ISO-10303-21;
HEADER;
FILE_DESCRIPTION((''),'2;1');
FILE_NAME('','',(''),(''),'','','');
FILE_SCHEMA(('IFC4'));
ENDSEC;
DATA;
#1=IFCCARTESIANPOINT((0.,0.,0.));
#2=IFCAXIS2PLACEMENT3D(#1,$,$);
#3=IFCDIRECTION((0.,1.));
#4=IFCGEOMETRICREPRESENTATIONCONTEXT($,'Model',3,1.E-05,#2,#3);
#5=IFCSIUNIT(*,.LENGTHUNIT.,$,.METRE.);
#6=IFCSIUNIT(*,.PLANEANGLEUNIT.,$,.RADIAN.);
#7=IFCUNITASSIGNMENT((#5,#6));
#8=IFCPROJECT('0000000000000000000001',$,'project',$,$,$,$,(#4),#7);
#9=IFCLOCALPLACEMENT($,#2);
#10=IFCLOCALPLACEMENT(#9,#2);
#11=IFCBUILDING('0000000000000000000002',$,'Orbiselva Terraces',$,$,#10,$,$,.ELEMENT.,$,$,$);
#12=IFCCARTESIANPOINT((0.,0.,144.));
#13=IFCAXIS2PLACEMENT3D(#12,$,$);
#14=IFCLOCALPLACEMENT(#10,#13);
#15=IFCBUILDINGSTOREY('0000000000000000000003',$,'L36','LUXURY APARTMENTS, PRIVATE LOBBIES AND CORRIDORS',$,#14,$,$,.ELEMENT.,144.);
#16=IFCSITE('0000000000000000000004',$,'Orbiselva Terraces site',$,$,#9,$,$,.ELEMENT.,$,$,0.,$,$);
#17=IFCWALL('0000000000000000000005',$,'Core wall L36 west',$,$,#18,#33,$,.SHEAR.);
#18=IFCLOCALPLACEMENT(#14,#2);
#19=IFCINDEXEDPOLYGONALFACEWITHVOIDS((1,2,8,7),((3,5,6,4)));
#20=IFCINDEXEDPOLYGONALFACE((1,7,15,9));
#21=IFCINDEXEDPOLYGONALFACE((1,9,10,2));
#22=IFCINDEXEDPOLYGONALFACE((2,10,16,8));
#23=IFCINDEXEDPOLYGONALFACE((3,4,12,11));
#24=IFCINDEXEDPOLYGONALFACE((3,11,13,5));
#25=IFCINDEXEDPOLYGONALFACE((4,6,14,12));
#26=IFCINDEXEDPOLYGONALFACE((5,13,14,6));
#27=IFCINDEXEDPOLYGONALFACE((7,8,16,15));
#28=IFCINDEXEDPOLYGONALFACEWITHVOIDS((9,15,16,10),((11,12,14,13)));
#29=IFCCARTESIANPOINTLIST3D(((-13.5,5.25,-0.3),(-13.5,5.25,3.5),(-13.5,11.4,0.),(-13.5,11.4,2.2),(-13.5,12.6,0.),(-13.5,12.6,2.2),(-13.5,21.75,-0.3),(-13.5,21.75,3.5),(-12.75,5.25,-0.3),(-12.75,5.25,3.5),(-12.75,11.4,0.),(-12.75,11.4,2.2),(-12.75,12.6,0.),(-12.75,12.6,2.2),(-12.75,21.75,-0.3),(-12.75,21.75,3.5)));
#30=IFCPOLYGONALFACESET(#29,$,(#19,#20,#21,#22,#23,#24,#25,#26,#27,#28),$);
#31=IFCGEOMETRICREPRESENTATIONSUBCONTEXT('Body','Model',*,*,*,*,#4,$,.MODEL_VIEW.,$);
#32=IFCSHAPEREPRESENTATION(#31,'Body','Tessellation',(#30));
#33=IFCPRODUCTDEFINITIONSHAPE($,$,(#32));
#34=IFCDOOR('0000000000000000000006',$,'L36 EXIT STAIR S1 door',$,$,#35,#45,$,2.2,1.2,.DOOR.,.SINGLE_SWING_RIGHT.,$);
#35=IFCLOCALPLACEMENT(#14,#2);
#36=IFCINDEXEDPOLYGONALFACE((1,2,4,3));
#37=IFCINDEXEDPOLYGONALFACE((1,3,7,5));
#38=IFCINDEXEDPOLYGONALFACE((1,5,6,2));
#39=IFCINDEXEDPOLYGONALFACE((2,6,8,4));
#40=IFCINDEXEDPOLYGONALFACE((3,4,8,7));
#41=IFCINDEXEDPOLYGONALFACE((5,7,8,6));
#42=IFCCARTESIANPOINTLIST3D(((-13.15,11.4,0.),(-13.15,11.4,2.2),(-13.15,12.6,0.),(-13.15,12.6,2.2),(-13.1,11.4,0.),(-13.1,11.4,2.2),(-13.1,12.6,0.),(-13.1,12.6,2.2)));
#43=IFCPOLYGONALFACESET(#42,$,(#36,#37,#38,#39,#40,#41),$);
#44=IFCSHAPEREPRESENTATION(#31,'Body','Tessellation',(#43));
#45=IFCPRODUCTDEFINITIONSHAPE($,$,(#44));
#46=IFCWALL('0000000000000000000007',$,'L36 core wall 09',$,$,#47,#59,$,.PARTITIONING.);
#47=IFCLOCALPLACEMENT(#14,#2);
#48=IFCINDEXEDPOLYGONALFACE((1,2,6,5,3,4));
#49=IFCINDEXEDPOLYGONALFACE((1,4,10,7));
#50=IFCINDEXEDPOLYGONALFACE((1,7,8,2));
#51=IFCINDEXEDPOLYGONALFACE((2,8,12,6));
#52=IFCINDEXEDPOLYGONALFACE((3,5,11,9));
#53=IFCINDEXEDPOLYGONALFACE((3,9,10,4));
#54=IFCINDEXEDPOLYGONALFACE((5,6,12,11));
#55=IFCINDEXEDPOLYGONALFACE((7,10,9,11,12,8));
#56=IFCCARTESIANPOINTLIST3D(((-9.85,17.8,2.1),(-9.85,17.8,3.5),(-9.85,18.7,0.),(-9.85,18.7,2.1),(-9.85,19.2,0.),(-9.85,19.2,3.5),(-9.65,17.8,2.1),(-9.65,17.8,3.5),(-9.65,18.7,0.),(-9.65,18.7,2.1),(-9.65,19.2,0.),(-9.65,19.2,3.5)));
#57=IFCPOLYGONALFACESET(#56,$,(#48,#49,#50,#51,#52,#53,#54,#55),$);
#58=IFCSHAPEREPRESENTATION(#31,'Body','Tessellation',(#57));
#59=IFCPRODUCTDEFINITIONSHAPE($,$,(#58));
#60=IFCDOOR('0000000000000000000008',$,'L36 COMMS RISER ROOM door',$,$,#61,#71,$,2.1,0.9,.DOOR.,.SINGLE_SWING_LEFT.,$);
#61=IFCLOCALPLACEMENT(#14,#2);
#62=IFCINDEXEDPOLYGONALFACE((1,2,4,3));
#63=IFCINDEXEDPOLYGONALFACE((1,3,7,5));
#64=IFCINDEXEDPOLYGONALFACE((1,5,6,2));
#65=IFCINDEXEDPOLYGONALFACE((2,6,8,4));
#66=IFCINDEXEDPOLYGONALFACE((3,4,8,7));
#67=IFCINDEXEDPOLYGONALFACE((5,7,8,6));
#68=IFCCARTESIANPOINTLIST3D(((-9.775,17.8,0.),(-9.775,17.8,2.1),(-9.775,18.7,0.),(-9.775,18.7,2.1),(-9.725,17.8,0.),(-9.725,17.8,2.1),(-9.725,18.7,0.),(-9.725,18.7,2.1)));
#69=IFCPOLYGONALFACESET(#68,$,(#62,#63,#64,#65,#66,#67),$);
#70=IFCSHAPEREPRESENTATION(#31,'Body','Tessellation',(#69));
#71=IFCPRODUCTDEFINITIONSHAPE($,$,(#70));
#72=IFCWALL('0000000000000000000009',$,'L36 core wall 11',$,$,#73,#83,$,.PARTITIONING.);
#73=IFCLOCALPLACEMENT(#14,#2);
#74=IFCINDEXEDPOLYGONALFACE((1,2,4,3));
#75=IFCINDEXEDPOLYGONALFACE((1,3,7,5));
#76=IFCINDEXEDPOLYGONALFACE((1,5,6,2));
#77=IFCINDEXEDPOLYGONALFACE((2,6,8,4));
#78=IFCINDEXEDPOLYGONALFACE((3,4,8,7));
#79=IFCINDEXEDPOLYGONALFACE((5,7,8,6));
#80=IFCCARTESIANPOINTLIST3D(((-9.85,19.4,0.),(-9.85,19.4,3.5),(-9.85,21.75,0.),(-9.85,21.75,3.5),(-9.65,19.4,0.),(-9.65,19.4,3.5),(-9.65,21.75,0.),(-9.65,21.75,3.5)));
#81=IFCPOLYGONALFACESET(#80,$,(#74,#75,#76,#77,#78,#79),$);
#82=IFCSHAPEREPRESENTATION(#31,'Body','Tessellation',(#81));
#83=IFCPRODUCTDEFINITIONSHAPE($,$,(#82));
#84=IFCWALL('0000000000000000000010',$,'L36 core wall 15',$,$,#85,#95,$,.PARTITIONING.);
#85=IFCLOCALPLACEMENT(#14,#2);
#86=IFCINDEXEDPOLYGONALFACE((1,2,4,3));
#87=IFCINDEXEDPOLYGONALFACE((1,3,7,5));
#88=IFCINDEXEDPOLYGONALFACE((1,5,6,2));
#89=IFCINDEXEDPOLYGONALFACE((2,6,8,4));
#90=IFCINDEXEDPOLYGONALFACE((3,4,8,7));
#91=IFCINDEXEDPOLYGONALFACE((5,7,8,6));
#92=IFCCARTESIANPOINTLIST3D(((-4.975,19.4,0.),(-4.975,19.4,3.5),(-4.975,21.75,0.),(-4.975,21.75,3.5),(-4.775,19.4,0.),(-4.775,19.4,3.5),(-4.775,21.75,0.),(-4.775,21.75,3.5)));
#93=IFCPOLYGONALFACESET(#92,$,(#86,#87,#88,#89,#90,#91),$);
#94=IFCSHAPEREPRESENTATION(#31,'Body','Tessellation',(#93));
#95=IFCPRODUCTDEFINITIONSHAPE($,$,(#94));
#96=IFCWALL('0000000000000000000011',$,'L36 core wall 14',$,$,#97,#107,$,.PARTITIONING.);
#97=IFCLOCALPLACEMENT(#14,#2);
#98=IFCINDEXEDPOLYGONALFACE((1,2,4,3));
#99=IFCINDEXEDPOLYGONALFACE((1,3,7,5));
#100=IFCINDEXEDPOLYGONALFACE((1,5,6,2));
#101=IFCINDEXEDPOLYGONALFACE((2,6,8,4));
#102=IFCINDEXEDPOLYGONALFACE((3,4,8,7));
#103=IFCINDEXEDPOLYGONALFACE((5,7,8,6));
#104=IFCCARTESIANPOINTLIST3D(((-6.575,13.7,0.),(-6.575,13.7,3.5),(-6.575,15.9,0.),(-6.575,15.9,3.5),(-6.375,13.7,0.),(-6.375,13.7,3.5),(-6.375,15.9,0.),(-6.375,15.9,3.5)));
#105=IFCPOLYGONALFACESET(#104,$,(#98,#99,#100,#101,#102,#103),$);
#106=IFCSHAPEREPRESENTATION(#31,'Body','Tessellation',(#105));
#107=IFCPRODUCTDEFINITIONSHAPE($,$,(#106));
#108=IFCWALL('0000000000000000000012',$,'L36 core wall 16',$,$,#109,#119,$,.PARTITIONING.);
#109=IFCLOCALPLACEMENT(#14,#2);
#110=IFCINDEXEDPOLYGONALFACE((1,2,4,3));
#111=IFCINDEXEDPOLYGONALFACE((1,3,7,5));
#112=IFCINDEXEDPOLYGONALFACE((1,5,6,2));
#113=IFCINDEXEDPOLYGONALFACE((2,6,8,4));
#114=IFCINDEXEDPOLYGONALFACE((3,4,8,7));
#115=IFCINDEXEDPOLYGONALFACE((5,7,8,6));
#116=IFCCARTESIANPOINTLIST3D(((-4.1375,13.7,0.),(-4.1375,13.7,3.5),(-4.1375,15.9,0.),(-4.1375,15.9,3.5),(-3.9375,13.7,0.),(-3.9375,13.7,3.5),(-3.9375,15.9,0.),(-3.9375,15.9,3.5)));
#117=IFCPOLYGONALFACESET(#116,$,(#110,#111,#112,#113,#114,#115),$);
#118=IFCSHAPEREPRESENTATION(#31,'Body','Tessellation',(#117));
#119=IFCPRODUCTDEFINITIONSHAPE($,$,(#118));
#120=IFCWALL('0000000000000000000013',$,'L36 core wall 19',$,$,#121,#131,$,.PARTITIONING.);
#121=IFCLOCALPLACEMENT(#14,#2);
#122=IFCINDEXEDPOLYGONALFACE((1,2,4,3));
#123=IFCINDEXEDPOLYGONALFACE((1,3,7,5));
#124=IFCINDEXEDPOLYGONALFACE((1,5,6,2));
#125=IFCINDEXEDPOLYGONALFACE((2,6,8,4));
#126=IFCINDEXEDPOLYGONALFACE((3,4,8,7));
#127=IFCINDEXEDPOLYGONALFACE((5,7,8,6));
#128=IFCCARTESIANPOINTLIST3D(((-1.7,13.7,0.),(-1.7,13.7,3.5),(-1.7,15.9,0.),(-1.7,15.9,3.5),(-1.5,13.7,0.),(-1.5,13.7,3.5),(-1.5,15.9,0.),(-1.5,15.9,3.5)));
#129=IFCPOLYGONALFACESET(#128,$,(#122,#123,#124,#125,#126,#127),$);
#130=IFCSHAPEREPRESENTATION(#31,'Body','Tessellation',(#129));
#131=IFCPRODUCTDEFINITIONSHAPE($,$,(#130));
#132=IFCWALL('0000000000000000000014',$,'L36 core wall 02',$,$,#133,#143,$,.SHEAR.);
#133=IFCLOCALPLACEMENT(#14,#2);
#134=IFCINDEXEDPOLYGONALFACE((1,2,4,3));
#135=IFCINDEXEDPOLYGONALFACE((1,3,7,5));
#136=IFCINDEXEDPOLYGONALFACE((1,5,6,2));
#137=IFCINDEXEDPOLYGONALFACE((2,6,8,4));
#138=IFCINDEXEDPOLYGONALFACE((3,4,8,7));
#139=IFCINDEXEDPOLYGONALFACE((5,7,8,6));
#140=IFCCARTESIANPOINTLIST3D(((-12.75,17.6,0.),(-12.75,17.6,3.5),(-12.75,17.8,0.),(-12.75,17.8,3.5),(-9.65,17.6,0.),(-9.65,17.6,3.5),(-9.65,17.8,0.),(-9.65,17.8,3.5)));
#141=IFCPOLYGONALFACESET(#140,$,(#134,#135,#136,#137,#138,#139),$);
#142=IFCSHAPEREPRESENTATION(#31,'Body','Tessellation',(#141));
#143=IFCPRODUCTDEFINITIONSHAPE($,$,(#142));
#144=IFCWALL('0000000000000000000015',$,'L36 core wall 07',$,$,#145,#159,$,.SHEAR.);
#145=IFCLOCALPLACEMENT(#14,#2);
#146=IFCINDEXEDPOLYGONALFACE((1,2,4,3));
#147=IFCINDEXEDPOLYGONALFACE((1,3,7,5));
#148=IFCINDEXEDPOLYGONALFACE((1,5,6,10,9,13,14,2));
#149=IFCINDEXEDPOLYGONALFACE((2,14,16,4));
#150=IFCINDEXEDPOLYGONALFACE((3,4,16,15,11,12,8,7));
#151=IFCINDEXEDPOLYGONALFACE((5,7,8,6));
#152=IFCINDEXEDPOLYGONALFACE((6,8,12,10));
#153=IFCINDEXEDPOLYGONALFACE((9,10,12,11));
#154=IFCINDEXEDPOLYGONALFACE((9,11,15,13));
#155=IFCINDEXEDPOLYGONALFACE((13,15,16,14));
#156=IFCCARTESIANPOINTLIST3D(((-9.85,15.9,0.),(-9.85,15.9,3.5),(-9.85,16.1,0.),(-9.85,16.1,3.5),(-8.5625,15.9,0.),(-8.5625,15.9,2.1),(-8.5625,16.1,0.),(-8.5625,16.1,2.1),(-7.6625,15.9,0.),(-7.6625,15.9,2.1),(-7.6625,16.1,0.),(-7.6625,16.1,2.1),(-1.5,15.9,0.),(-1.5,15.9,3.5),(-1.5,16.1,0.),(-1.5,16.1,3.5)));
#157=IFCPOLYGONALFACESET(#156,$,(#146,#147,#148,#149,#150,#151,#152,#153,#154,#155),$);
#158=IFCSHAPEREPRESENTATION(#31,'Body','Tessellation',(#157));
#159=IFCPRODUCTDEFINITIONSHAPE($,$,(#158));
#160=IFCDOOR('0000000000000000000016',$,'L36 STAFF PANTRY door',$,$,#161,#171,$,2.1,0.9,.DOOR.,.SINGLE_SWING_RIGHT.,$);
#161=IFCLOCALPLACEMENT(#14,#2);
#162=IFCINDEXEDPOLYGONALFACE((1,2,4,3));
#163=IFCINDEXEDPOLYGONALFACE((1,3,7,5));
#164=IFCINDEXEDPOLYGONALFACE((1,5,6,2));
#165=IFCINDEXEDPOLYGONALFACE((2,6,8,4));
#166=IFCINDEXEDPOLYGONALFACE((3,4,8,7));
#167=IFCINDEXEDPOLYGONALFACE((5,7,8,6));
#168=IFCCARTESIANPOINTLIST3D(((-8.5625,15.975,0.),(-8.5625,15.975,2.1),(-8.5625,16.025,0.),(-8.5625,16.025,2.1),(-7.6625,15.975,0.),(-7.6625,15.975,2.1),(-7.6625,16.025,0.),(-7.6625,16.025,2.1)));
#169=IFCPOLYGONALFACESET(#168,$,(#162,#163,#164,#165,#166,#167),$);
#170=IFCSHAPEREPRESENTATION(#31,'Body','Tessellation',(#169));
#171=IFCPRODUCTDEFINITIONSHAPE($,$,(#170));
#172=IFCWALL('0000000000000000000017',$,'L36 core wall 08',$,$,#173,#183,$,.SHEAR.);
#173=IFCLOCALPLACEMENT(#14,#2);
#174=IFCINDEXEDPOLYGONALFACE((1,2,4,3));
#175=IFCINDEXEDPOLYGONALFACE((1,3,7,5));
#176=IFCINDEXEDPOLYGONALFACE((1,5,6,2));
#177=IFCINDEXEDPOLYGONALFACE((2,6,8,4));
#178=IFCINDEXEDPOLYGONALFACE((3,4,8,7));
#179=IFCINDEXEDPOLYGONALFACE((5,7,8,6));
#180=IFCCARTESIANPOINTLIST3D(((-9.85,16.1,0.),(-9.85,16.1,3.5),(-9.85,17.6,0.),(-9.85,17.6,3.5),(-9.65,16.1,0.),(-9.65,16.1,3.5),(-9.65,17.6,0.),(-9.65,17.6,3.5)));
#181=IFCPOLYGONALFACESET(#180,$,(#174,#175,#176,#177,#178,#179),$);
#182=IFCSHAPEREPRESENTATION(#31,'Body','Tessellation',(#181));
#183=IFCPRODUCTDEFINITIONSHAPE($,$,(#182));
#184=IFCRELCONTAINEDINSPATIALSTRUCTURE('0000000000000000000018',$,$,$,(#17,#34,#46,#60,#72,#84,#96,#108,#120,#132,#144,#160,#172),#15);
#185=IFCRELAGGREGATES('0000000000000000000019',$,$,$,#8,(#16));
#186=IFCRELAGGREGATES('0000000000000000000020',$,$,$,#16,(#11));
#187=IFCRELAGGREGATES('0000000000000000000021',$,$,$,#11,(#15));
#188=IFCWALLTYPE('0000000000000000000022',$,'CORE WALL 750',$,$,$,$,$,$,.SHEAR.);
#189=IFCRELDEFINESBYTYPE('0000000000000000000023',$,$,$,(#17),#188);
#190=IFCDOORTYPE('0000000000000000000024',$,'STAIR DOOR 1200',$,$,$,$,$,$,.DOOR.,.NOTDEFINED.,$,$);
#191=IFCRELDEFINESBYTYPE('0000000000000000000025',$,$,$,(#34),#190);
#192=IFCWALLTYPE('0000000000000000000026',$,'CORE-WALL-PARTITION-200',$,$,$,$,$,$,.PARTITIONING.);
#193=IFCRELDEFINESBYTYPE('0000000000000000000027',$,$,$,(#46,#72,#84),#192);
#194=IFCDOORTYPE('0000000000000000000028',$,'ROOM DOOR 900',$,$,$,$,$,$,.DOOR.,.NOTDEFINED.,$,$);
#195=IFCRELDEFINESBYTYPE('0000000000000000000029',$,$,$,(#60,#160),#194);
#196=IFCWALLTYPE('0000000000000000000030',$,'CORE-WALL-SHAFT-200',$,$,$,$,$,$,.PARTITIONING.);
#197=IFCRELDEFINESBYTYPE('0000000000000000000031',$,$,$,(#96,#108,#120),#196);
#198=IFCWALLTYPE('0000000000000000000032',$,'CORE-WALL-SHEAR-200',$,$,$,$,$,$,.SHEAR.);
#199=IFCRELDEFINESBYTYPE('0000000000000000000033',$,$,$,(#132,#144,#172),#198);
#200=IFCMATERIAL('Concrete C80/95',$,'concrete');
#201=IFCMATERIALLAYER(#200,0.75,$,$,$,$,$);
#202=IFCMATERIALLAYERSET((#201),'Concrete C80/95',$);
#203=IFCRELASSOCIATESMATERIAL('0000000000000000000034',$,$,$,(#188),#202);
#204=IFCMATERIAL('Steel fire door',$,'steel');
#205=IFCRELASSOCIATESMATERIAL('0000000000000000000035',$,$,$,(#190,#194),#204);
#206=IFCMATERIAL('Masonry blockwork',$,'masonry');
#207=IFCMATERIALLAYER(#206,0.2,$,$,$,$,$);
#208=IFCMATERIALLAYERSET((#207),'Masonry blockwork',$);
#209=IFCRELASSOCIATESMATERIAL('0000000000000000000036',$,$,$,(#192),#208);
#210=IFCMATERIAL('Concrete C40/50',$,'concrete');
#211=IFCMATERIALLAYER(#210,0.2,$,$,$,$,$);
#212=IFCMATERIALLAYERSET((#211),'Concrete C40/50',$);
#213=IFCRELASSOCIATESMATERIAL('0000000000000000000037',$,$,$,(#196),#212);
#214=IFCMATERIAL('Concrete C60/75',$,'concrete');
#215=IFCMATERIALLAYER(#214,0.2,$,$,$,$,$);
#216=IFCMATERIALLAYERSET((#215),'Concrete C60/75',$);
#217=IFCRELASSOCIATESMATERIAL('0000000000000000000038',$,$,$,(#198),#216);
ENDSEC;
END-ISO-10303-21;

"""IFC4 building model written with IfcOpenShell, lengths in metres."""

from ifc_helpers import new_model, si_unit, direction, frame, frame_2d, origin, place, context, subcontext, project, spatial, rectangle, extrude, material, layer, layer_set, type_object, element, fill, save


model = new_model("IFC4")

# Units and contexts
model_context = context("Model", 3, precision=1e-05, world=origin(), true_north=direction((0.0, 1.0)))
body_context = subcontext(model_context, "Body", "Model", "MODEL_VIEW")
ifc_project = project(units=[si_unit("LENGTHUNIT", "METRE"), si_unit("PLANEANGLEUNIT", "RADIAN")], contexts=[model_context])

# Site, building, storey
site_placement = place(None, origin())
site = spatial("IfcSite", under=ifc_project, at=site_placement, Name="Orbiselva Terraces site", CompositionType="ELEMENT", RefElevation=0.0)
building_placement = place(site_placement, origin())
building = spatial("IfcBuilding", under=site, at=building_placement, Name="Orbiselva Terraces", CompositionType="ELEMENT")
storey_placement = place(building_placement, frame((0.0, 0.0, 144.0)))
storey = spatial("IfcBuildingStorey", under=building, at=storey_placement, Name="L36", Description="LUXURY APARTMENTS, PRIVATE LOBBIES AND CORRIDORS", CompositionType="ELEMENT", Elevation=144.0)

# Walls, openings, doors
ifc_material_1 = material(Name="Concrete C80/95", Category="concrete")
ifc_layer_1 = layer(ifc_material_1, 0.75)
ifc_layer_set_1 = layer_set([ifc_layer_1], Name="Concrete C80/95")
wall_type_1 = type_object("IfcWallType", Name="CORE WALL 750", PredefinedType="SHEAR", material=ifc_layer_set_1)
wall_1_placement = place(storey_placement, frame((-13.125, 21.75, -0.3), z_axis=(0.0, 0.0, 1.0), x_axis=(0.0, -1.0, 0.0)))
wall_1 = element("IfcWall", 1, at=wall_1_placement, inside=storey, type_object=wall_type_1, Name="Core wall L36 west", PredefinedType="SHEAR", context=body_context, shape_type="SweptSolid", body=[
    extrude(rectangle(XDim=16.5, YDim=0.75, at=frame_2d((8.25, 0.0))), origin(), (0.0, 0.0, 1.0), 3.8),
])
opening_1_placement = place(wall_1_placement, frame((9.15, 0.0, 0.3)))
opening_1 = element("IfcOpeningElement", 2, at=opening_1_placement, cuts=wall_1, PredefinedType="OPENING", context=body_context, shape_type="SweptSolid", body=[
    extrude(rectangle(XDim=1.2, YDim=2.2, at=frame_2d((0.6, 1.1))), frame((0.0, 0.385, 0.0), z_axis=(0.0, -1.0, 0.0), x_axis=(1.0, 0.0, 0.0)), (0.0, 0.0, 1.0), 0.77),
])
ifc_material_2 = material(Name="Steel fire door", Category="steel")
door_type_1 = type_object("IfcDoorType", Name="STAIR DOOR 1200", OperationType="NOTDEFINED", PredefinedType="DOOR", material=ifc_material_2)
door_1_placement = place(opening_1_placement, frame((1.2, 0.0, 0.0), z_axis=(0.0, 0.0, 1.0), x_axis=(-1.0, 0.0, 0.0)))
door_1 = element("IfcDoor", 3, at=door_1_placement, inside=storey, type_object=door_type_1, Name="L36 EXIT STAIR S1 door", OperationType="SINGLE_SWING_RIGHT", OverallHeight=2.2, OverallWidth=1.2, PredefinedType="DOOR", context=body_context, shape_type="SweptSolid", body=[
    extrude(rectangle(XDim=1.2, YDim=2.2, at=frame_2d((0.6, 1.1))), frame((0.0, 0.025, 0.0), z_axis=(0.0, -1.0, 0.0), x_axis=(1.0, 0.0, 0.0)), (0.0, 0.0, 1.0), 0.05),
])
fill(opening_1, door_1)
ifc_material_3 = material(Name="Masonry blockwork", Category="masonry")
ifc_layer_2 = layer(ifc_material_3, 0.2)
ifc_layer_set_2 = layer_set([ifc_layer_2], Name="Masonry blockwork")
wall_type_2 = type_object("IfcWallType", Name="CORE-WALL-PARTITION-200", PredefinedType="PARTITIONING", material=ifc_layer_set_2)
wall_2_placement = place(storey_placement, frame((-9.75, 17.8, 0.0), z_axis=(0.0, 0.0, 1.0), x_axis=(0.0, 1.0, 0.0)))
wall_2 = element("IfcWall", 4, at=wall_2_placement, inside=storey, type_object=wall_type_2, Name="L36 core wall 09", PredefinedType="PARTITIONING", context=body_context, shape_type="SweptSolid", body=[
    extrude(rectangle(XDim=1.4, YDim=0.2, at=frame_2d((0.7, 0.0))), origin(), (0.0, 0.0, 1.0), 3.5),
])
opening_2_placement = place(wall_2_placement, origin())
opening_2 = element("IfcOpeningElement", 5, at=opening_2_placement, cuts=wall_2, PredefinedType="OPENING", context=body_context, shape_type="SweptSolid", body=[
    extrude(rectangle(XDim=0.9, YDim=2.1, at=frame_2d((0.45, 1.05))), frame((0.0, 0.11, 0.0), z_axis=(0.0, -1.0, 0.0), x_axis=(1.0, 0.0, 0.0)), (0.0, 0.0, 1.0), 0.22),
])
door_type_2 = type_object("IfcDoorType", Name="ROOM DOOR 900", OperationType="NOTDEFINED", PredefinedType="DOOR", material=ifc_material_2)
door_2_placement = place(opening_2_placement, origin())
door_2 = element("IfcDoor", 6, at=door_2_placement, inside=storey, type_object=door_type_2, Name="L36 COMMS RISER ROOM door", OperationType="SINGLE_SWING_LEFT", OverallHeight=2.1, OverallWidth=0.9, PredefinedType="DOOR", context=body_context, shape_type="SweptSolid", body=[
    extrude(rectangle(XDim=0.9, YDim=2.1, at=frame_2d((0.45, 1.05))), frame((0.0, 0.025, 0.0), z_axis=(0.0, -1.0, 0.0), x_axis=(1.0, 0.0, 0.0)), (0.0, 0.0, 1.0), 0.05),
])
fill(opening_2, door_2)

# Walls
for number, where, z_axis, x_axis, name in (
    (7, (-9.75, 19.4, 0.0), (0.0, 0.0, 1.0), (0.0, 1.0, 0.0), "L36 core wall 11"),
    (8, (-4.875, 19.4, 0.0), (0.0, 0.0, 1.0), (0.0, 1.0, 0.0), "L36 core wall 15"),
):
    element("IfcWall", number, at=place(storey_placement, frame(where, z_axis=z_axis, x_axis=x_axis)), inside=storey, type_object=wall_type_2, Name=name, PredefinedType="PARTITIONING", context=body_context, shape_type="SweptSolid", body=[
        extrude(rectangle(XDim=2.35, YDim=0.2, at=frame_2d((1.175, 0.0))), origin(), (0.0, 0.0, 1.0), 3.5),
    ])
ifc_material_4 = material(Name="Concrete C40/50", Category="concrete")
ifc_layer_3 = layer(ifc_material_4, 0.2)
ifc_layer_set_3 = layer_set([ifc_layer_3], Name="Concrete C40/50")
wall_type_3 = type_object("IfcWallType", Name="CORE-WALL-SHAFT-200", PredefinedType="PARTITIONING", material=ifc_layer_set_3)
for number, where, z_axis, x_axis, name in (
    (9, (-6.475, 13.7, 0.0), (0.0, 0.0, 1.0), (0.0, 1.0, 0.0), "L36 core wall 14"),
    (10, (-4.0375, 13.7, 0.0), (0.0, 0.0, 1.0), (0.0, 1.0, 0.0), "L36 core wall 16"),
    (11, (-1.6, 13.7, 0.0), (0.0, 0.0, 1.0), (0.0, 1.0, 0.0), "L36 core wall 19"),
):
    element("IfcWall", number, at=place(storey_placement, frame(where, z_axis=z_axis, x_axis=x_axis)), inside=storey, type_object=wall_type_3, Name=name, PredefinedType="PARTITIONING", context=body_context, shape_type="SweptSolid", body=[
        extrude(rectangle(XDim=2.2, YDim=0.2, at=frame_2d((1.1, 0.0))), origin(), (0.0, 0.0, 1.0), 3.5),
    ])
ifc_material_5 = material(Name="Concrete C60/75", Category="concrete")
ifc_layer_4 = layer(ifc_material_5, 0.2)
ifc_layer_set_4 = layer_set([ifc_layer_4], Name="Concrete C60/75")
wall_type_4 = type_object("IfcWallType", Name="CORE-WALL-SHEAR-200", PredefinedType="SHEAR", material=ifc_layer_set_4)
wall_3_placement = place(storey_placement, frame((-12.75, 17.7, 0.0), z_axis=(0.0, 0.0, 1.0), x_axis=(1.0, 0.0, 0.0)))
element("IfcWall", 12, at=wall_3_placement, inside=storey, type_object=wall_type_4, Name="L36 core wall 02", PredefinedType="SHEAR", context=body_context, shape_type="SweptSolid", body=[
    extrude(rectangle(XDim=3.1, YDim=0.2, at=frame_2d((1.55, 0.0))), origin(), (0.0, 0.0, 1.0), 3.5),
])

# Wall, opening, door
wall_4_placement = place(storey_placement, frame((-1.5, 16.0, 0.0), z_axis=(0.0, 0.0, 1.0), x_axis=(-1.0, 0.0, 0.0)))
wall_4 = element("IfcWall", 13, at=wall_4_placement, inside=storey, type_object=wall_type_4, Name="L36 core wall 07", PredefinedType="SHEAR", context=body_context, shape_type="SweptSolid", body=[
    extrude(rectangle(XDim=8.35, YDim=0.2, at=frame_2d((4.175, 0.0))), origin(), (0.0, 0.0, 1.0), 3.5),
])
opening_3_placement = place(wall_4_placement, frame((6.1625, 0.0, 0.0)))
opening_3 = element("IfcOpeningElement", 14, at=opening_3_placement, cuts=wall_4, PredefinedType="OPENING", context=body_context, shape_type="SweptSolid", body=[
    extrude(rectangle(XDim=0.9, YDim=2.1, at=frame_2d((0.45, 1.05))), frame((0.0, 0.11, 0.0), z_axis=(0.0, -1.0, 0.0), x_axis=(1.0, 0.0, 0.0)), (0.0, 0.0, 1.0), 0.22),
])
door_3_placement = place(opening_3_placement, origin())
door_3 = element("IfcDoor", 15, at=door_3_placement, inside=storey, type_object=door_type_2, Name="L36 STAFF PANTRY door", OperationType="SINGLE_SWING_RIGHT", OverallHeight=2.1, OverallWidth=0.9, PredefinedType="DOOR", context=body_context, shape_type="SweptSolid", body=[
    extrude(rectangle(XDim=0.9, YDim=2.1, at=frame_2d((0.45, 1.05))), frame((0.0, 0.025, 0.0), z_axis=(0.0, -1.0, 0.0), x_axis=(1.0, 0.0, 0.0)), (0.0, 0.0, 1.0), 0.05),
])
fill(opening_3, door_3)

# Wall
wall_5_placement = place(storey_placement, frame((-9.75, 16.1, 0.0), z_axis=(0.0, 0.0, 1.0), x_axis=(0.0, 1.0, 0.0)))
element("IfcWall", 16, at=wall_5_placement, inside=storey, type_object=wall_type_4, Name="L36 core wall 08", PredefinedType="SHEAR", context=body_context, shape_type="SweptSolid", body=[
    extrude(rectangle(XDim=1.5, YDim=0.2, at=frame_2d((0.75, 0.0))), origin(), (0.0, 0.0, 1.0), 3.5),
])

save(model, "model.ifc")
